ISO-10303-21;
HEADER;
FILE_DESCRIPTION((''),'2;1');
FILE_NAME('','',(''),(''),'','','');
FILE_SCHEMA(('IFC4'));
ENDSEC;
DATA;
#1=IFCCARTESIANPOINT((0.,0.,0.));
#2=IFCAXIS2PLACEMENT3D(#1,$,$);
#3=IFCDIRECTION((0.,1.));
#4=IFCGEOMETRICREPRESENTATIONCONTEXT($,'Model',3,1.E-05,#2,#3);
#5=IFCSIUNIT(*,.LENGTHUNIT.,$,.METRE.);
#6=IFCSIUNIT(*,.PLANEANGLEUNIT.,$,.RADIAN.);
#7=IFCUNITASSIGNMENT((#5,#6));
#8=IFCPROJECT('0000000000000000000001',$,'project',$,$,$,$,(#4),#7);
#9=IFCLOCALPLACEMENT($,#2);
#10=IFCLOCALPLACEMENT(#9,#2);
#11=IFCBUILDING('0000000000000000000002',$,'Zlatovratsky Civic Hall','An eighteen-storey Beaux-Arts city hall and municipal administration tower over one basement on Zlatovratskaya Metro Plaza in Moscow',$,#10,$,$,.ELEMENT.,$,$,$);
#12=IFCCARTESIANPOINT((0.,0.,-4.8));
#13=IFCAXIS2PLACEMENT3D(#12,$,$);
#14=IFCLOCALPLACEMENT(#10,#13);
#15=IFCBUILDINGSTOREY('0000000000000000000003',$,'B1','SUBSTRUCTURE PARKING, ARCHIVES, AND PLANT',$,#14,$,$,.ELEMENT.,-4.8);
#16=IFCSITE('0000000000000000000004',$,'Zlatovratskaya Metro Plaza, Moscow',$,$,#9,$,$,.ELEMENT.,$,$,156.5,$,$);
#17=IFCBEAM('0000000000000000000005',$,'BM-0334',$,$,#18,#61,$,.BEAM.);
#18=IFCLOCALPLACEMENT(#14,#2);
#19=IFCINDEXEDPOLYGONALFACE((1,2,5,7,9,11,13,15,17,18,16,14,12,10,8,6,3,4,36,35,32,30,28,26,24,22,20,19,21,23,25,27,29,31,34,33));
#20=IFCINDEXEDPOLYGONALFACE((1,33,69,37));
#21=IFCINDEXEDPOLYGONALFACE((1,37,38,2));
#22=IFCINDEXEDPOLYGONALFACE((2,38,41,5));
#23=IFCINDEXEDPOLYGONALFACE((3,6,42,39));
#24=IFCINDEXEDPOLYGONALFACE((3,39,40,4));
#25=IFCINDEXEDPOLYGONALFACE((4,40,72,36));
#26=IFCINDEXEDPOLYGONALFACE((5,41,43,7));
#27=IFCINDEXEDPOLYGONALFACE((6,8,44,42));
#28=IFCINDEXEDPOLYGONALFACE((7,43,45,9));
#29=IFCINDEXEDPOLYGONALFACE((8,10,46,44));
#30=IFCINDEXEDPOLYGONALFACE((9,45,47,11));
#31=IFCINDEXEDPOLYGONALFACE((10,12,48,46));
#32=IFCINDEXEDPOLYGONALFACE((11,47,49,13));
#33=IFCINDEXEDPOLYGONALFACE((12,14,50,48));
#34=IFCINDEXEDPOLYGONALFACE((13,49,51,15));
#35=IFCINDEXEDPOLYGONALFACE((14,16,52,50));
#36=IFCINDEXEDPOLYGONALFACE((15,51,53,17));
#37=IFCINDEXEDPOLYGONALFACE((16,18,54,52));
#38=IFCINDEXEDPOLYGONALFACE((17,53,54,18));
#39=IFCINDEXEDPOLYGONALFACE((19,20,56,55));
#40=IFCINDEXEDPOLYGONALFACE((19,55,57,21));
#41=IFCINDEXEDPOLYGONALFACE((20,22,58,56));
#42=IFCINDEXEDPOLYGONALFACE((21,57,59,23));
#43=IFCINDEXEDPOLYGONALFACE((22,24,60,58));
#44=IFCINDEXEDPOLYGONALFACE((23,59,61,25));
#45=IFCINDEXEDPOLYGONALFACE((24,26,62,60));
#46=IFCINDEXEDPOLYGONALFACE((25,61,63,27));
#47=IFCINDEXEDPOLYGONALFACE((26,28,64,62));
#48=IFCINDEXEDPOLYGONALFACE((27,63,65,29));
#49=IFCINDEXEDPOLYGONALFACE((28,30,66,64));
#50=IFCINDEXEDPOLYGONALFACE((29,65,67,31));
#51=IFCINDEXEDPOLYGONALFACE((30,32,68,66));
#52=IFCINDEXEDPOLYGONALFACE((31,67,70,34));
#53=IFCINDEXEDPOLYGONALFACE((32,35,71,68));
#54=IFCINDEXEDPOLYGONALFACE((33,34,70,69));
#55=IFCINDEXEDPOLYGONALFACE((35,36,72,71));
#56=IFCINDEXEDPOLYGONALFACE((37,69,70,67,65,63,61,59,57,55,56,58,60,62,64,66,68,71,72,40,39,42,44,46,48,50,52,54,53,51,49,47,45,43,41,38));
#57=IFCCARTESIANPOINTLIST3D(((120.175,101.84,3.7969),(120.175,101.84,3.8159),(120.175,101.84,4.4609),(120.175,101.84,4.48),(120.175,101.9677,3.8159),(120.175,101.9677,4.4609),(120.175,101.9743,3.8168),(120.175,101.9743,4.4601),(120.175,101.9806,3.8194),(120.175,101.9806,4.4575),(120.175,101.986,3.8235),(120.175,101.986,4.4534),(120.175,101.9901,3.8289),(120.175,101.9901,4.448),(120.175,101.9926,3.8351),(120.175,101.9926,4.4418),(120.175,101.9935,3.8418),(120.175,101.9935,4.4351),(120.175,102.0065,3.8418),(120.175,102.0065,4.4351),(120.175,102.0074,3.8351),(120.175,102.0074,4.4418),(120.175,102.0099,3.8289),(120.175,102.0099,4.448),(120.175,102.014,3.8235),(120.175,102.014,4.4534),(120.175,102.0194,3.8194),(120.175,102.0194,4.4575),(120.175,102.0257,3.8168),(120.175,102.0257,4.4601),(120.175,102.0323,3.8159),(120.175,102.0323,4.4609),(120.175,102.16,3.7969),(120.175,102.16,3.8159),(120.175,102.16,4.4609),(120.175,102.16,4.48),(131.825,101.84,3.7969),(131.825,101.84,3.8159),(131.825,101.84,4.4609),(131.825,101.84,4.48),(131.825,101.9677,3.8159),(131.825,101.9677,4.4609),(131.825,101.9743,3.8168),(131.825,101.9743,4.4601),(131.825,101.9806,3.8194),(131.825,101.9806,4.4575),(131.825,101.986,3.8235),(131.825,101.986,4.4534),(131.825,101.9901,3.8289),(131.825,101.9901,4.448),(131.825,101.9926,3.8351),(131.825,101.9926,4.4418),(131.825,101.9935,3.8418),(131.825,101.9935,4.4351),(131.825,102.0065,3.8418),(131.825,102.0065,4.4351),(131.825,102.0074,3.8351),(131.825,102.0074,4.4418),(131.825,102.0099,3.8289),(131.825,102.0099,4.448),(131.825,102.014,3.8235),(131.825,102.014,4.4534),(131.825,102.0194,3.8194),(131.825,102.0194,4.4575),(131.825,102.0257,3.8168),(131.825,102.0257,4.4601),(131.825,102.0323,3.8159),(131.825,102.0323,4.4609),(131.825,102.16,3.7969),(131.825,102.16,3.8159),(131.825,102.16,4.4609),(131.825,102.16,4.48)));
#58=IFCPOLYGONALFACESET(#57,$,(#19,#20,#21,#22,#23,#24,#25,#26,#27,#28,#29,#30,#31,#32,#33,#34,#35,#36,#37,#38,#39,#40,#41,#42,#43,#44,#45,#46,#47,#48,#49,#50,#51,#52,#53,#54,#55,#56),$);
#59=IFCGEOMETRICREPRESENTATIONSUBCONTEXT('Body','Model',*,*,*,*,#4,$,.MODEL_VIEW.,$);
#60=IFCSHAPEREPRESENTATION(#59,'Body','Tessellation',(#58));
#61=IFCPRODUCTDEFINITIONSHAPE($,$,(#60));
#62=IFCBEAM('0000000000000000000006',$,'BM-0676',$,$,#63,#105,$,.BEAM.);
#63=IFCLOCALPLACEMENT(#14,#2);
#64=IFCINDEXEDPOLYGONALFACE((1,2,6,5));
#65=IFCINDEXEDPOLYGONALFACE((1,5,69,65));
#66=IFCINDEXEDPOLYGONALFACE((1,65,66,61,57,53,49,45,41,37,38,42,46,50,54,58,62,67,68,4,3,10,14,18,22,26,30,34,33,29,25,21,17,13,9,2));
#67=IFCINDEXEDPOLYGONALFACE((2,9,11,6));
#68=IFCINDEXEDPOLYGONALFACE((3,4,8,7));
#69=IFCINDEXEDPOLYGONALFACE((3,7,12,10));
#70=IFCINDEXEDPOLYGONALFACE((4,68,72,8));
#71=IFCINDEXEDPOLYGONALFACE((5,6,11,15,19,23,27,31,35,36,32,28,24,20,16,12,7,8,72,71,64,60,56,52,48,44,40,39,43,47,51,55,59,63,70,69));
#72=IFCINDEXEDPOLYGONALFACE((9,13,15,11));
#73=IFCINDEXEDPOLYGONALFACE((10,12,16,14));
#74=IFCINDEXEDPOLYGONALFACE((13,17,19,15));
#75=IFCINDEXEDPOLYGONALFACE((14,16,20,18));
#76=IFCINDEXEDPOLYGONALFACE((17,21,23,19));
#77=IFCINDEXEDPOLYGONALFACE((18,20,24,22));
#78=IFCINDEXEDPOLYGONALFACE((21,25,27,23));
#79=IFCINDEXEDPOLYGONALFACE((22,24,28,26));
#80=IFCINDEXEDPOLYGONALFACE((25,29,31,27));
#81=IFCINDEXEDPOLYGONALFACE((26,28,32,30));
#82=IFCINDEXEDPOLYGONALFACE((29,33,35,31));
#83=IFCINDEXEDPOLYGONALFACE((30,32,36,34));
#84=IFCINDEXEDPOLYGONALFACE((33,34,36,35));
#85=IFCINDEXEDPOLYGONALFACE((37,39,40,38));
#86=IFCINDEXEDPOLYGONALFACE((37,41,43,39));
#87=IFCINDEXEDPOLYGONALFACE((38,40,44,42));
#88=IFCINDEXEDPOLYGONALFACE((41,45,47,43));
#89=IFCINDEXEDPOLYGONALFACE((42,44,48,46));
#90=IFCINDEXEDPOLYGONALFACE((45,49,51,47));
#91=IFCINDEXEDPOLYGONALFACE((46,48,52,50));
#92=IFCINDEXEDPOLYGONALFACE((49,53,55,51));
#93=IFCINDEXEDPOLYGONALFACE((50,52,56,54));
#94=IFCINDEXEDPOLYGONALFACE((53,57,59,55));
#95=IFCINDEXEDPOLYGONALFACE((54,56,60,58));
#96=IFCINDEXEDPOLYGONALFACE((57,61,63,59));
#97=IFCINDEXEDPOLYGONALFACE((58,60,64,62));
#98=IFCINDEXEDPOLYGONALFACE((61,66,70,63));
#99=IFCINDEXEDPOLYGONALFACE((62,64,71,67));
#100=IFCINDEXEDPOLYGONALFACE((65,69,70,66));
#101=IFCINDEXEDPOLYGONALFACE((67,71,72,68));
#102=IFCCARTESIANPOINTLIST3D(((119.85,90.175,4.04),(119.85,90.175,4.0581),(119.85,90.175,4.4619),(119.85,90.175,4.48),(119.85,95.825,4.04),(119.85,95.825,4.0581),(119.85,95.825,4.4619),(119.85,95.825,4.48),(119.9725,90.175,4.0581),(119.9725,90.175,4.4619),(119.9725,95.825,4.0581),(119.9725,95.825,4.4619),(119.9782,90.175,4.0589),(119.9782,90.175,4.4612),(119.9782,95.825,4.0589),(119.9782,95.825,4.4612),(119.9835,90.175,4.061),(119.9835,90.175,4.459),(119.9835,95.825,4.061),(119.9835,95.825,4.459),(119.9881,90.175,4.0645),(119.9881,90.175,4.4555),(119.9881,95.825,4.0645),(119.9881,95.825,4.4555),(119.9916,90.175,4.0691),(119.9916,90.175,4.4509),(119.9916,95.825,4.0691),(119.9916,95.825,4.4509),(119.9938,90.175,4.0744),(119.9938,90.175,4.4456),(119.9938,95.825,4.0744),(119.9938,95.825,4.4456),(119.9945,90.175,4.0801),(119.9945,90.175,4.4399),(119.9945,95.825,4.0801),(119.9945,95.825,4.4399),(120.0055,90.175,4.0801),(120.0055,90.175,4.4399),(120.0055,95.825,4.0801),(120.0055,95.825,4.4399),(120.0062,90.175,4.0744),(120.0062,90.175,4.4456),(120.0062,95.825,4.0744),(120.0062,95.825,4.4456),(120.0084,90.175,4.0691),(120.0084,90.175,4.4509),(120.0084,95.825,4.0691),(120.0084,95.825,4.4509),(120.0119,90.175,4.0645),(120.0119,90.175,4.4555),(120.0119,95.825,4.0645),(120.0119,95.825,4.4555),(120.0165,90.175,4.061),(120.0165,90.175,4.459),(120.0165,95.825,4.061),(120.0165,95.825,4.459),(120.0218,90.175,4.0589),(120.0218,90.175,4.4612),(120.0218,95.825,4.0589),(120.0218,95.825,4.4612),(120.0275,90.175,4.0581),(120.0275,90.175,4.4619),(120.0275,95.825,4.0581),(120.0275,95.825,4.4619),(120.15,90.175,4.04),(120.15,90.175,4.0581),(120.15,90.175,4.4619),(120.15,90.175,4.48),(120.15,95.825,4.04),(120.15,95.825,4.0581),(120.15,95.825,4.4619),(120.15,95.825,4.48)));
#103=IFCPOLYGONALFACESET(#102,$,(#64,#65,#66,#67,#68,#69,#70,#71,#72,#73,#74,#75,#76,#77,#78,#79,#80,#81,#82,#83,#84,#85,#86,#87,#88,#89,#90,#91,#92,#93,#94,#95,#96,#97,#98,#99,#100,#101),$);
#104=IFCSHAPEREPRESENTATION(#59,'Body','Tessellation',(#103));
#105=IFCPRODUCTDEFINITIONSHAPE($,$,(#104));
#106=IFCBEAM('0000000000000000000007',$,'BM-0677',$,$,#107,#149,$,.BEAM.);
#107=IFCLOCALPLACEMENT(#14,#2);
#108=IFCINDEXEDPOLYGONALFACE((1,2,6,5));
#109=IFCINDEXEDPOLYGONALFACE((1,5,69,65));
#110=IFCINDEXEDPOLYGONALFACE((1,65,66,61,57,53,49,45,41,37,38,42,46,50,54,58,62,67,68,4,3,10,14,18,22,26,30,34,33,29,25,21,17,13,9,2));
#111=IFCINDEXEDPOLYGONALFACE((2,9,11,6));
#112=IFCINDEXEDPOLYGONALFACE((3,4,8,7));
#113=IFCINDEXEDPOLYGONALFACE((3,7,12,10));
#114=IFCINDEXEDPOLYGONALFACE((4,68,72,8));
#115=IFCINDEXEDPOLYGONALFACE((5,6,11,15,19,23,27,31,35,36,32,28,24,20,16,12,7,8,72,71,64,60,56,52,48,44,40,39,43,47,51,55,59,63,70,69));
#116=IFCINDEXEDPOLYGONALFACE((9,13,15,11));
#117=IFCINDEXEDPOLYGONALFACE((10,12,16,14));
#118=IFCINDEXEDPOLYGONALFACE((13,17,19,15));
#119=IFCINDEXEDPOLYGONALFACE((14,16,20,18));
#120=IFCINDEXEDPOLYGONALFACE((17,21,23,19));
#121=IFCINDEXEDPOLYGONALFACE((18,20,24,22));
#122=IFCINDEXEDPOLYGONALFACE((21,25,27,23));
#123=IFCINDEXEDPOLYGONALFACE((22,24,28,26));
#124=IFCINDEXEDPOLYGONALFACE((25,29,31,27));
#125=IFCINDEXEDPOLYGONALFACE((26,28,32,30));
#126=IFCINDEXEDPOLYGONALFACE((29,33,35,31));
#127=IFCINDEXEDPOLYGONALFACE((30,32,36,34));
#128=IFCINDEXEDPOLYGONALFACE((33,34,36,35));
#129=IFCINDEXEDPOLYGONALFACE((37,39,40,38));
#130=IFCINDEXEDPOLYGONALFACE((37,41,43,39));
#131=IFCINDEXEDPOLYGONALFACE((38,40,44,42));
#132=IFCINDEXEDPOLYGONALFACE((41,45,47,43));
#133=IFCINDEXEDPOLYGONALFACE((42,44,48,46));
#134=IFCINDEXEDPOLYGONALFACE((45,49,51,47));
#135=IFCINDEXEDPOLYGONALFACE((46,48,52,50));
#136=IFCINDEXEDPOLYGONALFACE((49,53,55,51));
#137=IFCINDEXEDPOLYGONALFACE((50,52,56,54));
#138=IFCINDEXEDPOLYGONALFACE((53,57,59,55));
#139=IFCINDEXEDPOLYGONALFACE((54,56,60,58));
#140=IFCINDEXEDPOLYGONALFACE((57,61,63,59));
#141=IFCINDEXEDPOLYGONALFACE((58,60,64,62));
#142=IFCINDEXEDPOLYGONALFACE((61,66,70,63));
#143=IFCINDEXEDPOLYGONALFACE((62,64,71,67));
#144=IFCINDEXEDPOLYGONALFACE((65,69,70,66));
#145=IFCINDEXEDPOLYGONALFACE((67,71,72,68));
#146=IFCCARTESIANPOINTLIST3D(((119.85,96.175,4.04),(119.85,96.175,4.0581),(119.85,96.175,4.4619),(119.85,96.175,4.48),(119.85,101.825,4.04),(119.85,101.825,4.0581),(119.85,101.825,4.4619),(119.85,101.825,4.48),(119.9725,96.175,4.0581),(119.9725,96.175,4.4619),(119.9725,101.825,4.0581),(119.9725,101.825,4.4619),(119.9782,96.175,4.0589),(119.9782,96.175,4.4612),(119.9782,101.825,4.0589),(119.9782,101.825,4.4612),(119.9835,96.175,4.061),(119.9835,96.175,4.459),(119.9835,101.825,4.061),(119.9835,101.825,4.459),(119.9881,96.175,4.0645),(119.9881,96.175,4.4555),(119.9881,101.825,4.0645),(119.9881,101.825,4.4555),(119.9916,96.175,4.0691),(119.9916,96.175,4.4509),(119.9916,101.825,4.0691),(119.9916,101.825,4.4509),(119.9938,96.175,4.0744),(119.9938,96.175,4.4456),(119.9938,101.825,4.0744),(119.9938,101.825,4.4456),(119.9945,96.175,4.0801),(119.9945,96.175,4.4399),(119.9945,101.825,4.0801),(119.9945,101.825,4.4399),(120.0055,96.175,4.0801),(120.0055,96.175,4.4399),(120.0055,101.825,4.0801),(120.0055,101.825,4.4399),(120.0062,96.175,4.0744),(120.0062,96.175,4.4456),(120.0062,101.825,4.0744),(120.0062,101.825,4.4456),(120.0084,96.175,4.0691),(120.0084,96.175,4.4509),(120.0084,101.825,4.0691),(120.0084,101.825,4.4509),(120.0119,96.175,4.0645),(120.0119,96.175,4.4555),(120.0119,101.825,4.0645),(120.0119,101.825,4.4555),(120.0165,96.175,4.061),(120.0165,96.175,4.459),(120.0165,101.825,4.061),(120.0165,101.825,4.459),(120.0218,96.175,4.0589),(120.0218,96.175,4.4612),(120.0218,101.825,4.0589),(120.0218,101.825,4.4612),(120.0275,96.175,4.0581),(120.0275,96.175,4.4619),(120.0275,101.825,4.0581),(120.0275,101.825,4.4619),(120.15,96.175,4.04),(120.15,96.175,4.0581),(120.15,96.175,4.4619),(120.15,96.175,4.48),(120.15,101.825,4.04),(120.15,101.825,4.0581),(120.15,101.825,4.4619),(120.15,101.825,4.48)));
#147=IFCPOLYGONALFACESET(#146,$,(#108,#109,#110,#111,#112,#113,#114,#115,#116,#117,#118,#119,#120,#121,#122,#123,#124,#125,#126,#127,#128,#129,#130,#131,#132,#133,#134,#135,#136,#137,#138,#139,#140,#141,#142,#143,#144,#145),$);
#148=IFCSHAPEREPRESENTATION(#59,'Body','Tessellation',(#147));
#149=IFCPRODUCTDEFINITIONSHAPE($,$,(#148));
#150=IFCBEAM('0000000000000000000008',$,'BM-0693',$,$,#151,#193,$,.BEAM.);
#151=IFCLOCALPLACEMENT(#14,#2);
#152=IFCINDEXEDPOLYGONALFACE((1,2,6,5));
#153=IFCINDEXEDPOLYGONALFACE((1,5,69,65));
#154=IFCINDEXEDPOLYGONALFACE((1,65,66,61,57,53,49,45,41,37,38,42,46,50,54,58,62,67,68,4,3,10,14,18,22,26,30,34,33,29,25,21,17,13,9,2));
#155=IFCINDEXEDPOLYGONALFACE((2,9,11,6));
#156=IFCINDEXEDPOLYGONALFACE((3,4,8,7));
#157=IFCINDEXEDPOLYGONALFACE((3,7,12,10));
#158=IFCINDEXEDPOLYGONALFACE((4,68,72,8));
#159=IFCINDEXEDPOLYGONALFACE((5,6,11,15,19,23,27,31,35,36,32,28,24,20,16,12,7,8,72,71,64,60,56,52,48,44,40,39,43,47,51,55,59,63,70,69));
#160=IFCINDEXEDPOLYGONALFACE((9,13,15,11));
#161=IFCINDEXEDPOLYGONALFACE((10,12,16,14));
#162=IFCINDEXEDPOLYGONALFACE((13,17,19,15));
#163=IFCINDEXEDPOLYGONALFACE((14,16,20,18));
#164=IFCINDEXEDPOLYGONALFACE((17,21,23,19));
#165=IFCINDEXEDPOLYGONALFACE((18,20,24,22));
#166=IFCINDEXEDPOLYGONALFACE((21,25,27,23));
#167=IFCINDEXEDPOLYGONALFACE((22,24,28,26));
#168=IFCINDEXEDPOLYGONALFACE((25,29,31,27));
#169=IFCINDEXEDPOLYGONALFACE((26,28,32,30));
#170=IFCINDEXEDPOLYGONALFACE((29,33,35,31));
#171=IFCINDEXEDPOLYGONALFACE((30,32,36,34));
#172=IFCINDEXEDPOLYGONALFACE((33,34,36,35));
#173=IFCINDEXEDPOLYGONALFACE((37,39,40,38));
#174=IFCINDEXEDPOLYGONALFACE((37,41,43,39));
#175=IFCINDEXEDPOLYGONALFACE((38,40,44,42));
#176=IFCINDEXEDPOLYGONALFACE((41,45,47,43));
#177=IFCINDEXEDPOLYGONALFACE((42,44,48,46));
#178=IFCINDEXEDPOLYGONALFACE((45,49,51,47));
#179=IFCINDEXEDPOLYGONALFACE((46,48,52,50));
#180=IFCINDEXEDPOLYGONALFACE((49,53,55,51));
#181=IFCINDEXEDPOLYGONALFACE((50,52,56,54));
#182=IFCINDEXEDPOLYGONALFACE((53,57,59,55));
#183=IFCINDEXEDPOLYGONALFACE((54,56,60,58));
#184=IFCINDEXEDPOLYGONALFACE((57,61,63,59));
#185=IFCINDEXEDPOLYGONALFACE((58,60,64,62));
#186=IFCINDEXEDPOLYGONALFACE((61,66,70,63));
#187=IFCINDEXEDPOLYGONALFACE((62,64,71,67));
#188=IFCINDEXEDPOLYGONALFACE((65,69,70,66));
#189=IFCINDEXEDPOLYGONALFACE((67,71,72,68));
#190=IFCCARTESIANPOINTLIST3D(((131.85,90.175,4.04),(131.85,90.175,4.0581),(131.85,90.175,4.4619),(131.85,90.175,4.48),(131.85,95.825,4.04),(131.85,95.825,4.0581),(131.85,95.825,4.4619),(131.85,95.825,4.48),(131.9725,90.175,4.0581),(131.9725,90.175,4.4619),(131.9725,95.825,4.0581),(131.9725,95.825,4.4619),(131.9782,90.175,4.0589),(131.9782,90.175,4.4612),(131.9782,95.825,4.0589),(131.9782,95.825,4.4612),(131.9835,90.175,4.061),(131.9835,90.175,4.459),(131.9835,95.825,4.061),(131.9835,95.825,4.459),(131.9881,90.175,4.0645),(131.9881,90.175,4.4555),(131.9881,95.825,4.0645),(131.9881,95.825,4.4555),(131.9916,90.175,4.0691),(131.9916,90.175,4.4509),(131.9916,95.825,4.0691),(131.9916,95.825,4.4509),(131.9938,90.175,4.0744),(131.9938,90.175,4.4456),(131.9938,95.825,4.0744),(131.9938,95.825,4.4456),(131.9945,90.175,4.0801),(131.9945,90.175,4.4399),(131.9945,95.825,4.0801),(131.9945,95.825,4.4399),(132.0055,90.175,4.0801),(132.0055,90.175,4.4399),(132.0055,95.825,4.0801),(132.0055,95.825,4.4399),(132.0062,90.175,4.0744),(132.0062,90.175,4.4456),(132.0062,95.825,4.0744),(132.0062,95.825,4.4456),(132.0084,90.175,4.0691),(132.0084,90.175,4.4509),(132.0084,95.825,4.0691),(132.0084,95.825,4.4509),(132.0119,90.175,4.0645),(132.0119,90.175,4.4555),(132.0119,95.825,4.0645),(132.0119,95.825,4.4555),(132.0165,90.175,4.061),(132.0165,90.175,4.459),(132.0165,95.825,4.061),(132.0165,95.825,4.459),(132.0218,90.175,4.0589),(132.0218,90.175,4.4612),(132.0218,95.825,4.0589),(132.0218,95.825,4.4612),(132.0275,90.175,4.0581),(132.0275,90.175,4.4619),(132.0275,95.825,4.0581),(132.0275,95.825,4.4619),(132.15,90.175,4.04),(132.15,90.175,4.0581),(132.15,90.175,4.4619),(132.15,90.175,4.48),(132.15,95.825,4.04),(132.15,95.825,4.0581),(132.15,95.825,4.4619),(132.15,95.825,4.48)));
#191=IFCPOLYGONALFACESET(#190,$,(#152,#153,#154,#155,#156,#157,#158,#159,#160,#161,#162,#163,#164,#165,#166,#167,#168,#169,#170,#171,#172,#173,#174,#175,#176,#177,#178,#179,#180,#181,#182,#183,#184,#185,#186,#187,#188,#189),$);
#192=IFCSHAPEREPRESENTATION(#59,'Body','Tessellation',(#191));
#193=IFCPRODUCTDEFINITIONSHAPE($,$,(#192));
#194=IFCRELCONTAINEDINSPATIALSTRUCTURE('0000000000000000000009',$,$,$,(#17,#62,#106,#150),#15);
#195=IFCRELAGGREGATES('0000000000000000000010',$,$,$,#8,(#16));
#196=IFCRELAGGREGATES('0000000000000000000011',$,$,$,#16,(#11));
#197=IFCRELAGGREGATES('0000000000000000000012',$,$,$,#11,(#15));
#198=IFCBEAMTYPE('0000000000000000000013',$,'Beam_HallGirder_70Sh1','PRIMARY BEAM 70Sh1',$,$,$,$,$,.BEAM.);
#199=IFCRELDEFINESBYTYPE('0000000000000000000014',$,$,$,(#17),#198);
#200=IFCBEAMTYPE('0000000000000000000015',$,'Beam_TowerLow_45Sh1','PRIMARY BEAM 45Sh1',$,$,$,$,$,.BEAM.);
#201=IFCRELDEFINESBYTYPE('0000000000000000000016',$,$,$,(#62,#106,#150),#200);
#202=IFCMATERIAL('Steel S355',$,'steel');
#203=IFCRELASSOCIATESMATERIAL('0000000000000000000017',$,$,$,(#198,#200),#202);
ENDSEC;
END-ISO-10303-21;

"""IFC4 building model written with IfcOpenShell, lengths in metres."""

from ifc_helpers import new_model, si_unit, direction, frame, origin, origin_2d, place, context, subcontext, project, spatial, i_section, extrude, material, material_profile, profile_set, type_object, element, save


model = new_model("IFC4")

# Units and contexts
model_context = context("Model", 3, precision=1e-05, world=origin(), true_north=direction((0.0, 1.0)))
body_context = subcontext(model_context, "Body", "Model", "MODEL_VIEW")
ifc_project = project(units=[si_unit("LENGTHUNIT", "METRE"), si_unit("PLANEANGLEUNIT", "RADIAN")], contexts=[model_context])

# Site, building, storey
site_placement = place(None, origin())
site = spatial("IfcSite", under=ifc_project, at=site_placement, Name="Zlatovratskaya Metro Plaza, Moscow", CompositionType="ELEMENT", RefElevation=156.5)
building_placement = place(site_placement, origin())
building = spatial("IfcBuilding", under=site, at=building_placement, Name="Zlatovratsky Civic Hall", Description="An eighteen-storey Beaux-Arts city hall and municipal administration tower over one basement on Zlatovratskaya Metro Plaza in Moscow", CompositionType="ELEMENT")
storey_placement = place(building_placement, frame((0.0, 0.0, -4.8)))
storey = spatial("IfcBuildingStorey", under=building, at=storey_placement, Name="B1", Description="SUBSTRUCTURE PARKING, ARCHIVES, AND PLANT", CompositionType="ELEMENT", Elevation=-4.8)

# Shared definitions
ifc_material_1 = material(Name="Steel S355", Category="steel")

# Beams
ifc_material_profile_1 = material_profile(ifc_material_1, i_section(OverallWidth=0.3201, OverallDepth=0.6831, WebThickness=0.0129, FlangeThickness=0.019, FilletRadius=0.0259, at=origin_2d()), Name="70Sh1")
ifc_profile_set_1 = profile_set([ifc_material_profile_1], Name="Steel S355")
beam_type_1 = type_object("IfcBeamType", Name="Beam_HallGirder_70Sh1", Description="PRIMARY BEAM 70Sh1", PredefinedType="BEAM", material=ifc_profile_set_1)
for number, where, z_axis, x_axis, name in (
    (1, (120.175, 102.0, 4.1384), (1.0, 0.0, 0.0), (0.0, 1.0, 0.0), "BM-0334"),
):
    element("IfcBeam", number, at=place(storey_placement, frame(where, z_axis=z_axis, x_axis=x_axis)), inside=storey, type_object=beam_type_1, Name=name, PredefinedType="BEAM", context=body_context, shape_type="SweptSolid", body=[
        extrude(i_section(OverallWidth=0.3201, OverallDepth=0.6831, WebThickness=0.0129, FlangeThickness=0.019, FilletRadius=0.0259, at=origin_2d()), origin(), (0.0, 0.0, 1.0), 11.6499),
    ])
ifc_material_profile_2 = material_profile(ifc_material_1, i_section(OverallWidth=0.3, OverallDepth=0.4399, WebThickness=0.011, FlangeThickness=0.0181, FilletRadius=0.022, at=origin_2d()), Name="45Sh1")
ifc_profile_set_2 = profile_set([ifc_material_profile_2], Name="Steel S355")
beam_type_2 = type_object("IfcBeamType", Name="Beam_TowerLow_45Sh1", Description="PRIMARY BEAM 45Sh1", PredefinedType="BEAM", material=ifc_profile_set_2)
for number, where, z_axis, x_axis, name in (
    (2, (120.0, 90.175, 4.26), (0.0, 1.0, 0.0), (-1.0, 0.0, 0.0), "BM-0676"),
    (3, (120.0, 96.175, 4.26), (0.0, 1.0, 0.0), (-1.0, 0.0, 0.0), "BM-0677"),
    (4, (132.0, 90.175, 4.26), (0.0, 1.0, 0.0), (-1.0, 0.0, 0.0), "BM-0693"),
):
    element("IfcBeam", number, at=place(storey_placement, frame(where, z_axis=z_axis, x_axis=x_axis)), inside=storey, type_object=beam_type_2, Name=name, PredefinedType="BEAM", context=body_context, shape_type="SweptSolid", body=[
        extrude(i_section(OverallWidth=0.3, OverallDepth=0.4399, WebThickness=0.011, FlangeThickness=0.0181, FilletRadius=0.022, at=origin_2d()), origin(), (0.0, 0.0, 1.0), 5.6499),
    ])

save(model, "model.ifc")
